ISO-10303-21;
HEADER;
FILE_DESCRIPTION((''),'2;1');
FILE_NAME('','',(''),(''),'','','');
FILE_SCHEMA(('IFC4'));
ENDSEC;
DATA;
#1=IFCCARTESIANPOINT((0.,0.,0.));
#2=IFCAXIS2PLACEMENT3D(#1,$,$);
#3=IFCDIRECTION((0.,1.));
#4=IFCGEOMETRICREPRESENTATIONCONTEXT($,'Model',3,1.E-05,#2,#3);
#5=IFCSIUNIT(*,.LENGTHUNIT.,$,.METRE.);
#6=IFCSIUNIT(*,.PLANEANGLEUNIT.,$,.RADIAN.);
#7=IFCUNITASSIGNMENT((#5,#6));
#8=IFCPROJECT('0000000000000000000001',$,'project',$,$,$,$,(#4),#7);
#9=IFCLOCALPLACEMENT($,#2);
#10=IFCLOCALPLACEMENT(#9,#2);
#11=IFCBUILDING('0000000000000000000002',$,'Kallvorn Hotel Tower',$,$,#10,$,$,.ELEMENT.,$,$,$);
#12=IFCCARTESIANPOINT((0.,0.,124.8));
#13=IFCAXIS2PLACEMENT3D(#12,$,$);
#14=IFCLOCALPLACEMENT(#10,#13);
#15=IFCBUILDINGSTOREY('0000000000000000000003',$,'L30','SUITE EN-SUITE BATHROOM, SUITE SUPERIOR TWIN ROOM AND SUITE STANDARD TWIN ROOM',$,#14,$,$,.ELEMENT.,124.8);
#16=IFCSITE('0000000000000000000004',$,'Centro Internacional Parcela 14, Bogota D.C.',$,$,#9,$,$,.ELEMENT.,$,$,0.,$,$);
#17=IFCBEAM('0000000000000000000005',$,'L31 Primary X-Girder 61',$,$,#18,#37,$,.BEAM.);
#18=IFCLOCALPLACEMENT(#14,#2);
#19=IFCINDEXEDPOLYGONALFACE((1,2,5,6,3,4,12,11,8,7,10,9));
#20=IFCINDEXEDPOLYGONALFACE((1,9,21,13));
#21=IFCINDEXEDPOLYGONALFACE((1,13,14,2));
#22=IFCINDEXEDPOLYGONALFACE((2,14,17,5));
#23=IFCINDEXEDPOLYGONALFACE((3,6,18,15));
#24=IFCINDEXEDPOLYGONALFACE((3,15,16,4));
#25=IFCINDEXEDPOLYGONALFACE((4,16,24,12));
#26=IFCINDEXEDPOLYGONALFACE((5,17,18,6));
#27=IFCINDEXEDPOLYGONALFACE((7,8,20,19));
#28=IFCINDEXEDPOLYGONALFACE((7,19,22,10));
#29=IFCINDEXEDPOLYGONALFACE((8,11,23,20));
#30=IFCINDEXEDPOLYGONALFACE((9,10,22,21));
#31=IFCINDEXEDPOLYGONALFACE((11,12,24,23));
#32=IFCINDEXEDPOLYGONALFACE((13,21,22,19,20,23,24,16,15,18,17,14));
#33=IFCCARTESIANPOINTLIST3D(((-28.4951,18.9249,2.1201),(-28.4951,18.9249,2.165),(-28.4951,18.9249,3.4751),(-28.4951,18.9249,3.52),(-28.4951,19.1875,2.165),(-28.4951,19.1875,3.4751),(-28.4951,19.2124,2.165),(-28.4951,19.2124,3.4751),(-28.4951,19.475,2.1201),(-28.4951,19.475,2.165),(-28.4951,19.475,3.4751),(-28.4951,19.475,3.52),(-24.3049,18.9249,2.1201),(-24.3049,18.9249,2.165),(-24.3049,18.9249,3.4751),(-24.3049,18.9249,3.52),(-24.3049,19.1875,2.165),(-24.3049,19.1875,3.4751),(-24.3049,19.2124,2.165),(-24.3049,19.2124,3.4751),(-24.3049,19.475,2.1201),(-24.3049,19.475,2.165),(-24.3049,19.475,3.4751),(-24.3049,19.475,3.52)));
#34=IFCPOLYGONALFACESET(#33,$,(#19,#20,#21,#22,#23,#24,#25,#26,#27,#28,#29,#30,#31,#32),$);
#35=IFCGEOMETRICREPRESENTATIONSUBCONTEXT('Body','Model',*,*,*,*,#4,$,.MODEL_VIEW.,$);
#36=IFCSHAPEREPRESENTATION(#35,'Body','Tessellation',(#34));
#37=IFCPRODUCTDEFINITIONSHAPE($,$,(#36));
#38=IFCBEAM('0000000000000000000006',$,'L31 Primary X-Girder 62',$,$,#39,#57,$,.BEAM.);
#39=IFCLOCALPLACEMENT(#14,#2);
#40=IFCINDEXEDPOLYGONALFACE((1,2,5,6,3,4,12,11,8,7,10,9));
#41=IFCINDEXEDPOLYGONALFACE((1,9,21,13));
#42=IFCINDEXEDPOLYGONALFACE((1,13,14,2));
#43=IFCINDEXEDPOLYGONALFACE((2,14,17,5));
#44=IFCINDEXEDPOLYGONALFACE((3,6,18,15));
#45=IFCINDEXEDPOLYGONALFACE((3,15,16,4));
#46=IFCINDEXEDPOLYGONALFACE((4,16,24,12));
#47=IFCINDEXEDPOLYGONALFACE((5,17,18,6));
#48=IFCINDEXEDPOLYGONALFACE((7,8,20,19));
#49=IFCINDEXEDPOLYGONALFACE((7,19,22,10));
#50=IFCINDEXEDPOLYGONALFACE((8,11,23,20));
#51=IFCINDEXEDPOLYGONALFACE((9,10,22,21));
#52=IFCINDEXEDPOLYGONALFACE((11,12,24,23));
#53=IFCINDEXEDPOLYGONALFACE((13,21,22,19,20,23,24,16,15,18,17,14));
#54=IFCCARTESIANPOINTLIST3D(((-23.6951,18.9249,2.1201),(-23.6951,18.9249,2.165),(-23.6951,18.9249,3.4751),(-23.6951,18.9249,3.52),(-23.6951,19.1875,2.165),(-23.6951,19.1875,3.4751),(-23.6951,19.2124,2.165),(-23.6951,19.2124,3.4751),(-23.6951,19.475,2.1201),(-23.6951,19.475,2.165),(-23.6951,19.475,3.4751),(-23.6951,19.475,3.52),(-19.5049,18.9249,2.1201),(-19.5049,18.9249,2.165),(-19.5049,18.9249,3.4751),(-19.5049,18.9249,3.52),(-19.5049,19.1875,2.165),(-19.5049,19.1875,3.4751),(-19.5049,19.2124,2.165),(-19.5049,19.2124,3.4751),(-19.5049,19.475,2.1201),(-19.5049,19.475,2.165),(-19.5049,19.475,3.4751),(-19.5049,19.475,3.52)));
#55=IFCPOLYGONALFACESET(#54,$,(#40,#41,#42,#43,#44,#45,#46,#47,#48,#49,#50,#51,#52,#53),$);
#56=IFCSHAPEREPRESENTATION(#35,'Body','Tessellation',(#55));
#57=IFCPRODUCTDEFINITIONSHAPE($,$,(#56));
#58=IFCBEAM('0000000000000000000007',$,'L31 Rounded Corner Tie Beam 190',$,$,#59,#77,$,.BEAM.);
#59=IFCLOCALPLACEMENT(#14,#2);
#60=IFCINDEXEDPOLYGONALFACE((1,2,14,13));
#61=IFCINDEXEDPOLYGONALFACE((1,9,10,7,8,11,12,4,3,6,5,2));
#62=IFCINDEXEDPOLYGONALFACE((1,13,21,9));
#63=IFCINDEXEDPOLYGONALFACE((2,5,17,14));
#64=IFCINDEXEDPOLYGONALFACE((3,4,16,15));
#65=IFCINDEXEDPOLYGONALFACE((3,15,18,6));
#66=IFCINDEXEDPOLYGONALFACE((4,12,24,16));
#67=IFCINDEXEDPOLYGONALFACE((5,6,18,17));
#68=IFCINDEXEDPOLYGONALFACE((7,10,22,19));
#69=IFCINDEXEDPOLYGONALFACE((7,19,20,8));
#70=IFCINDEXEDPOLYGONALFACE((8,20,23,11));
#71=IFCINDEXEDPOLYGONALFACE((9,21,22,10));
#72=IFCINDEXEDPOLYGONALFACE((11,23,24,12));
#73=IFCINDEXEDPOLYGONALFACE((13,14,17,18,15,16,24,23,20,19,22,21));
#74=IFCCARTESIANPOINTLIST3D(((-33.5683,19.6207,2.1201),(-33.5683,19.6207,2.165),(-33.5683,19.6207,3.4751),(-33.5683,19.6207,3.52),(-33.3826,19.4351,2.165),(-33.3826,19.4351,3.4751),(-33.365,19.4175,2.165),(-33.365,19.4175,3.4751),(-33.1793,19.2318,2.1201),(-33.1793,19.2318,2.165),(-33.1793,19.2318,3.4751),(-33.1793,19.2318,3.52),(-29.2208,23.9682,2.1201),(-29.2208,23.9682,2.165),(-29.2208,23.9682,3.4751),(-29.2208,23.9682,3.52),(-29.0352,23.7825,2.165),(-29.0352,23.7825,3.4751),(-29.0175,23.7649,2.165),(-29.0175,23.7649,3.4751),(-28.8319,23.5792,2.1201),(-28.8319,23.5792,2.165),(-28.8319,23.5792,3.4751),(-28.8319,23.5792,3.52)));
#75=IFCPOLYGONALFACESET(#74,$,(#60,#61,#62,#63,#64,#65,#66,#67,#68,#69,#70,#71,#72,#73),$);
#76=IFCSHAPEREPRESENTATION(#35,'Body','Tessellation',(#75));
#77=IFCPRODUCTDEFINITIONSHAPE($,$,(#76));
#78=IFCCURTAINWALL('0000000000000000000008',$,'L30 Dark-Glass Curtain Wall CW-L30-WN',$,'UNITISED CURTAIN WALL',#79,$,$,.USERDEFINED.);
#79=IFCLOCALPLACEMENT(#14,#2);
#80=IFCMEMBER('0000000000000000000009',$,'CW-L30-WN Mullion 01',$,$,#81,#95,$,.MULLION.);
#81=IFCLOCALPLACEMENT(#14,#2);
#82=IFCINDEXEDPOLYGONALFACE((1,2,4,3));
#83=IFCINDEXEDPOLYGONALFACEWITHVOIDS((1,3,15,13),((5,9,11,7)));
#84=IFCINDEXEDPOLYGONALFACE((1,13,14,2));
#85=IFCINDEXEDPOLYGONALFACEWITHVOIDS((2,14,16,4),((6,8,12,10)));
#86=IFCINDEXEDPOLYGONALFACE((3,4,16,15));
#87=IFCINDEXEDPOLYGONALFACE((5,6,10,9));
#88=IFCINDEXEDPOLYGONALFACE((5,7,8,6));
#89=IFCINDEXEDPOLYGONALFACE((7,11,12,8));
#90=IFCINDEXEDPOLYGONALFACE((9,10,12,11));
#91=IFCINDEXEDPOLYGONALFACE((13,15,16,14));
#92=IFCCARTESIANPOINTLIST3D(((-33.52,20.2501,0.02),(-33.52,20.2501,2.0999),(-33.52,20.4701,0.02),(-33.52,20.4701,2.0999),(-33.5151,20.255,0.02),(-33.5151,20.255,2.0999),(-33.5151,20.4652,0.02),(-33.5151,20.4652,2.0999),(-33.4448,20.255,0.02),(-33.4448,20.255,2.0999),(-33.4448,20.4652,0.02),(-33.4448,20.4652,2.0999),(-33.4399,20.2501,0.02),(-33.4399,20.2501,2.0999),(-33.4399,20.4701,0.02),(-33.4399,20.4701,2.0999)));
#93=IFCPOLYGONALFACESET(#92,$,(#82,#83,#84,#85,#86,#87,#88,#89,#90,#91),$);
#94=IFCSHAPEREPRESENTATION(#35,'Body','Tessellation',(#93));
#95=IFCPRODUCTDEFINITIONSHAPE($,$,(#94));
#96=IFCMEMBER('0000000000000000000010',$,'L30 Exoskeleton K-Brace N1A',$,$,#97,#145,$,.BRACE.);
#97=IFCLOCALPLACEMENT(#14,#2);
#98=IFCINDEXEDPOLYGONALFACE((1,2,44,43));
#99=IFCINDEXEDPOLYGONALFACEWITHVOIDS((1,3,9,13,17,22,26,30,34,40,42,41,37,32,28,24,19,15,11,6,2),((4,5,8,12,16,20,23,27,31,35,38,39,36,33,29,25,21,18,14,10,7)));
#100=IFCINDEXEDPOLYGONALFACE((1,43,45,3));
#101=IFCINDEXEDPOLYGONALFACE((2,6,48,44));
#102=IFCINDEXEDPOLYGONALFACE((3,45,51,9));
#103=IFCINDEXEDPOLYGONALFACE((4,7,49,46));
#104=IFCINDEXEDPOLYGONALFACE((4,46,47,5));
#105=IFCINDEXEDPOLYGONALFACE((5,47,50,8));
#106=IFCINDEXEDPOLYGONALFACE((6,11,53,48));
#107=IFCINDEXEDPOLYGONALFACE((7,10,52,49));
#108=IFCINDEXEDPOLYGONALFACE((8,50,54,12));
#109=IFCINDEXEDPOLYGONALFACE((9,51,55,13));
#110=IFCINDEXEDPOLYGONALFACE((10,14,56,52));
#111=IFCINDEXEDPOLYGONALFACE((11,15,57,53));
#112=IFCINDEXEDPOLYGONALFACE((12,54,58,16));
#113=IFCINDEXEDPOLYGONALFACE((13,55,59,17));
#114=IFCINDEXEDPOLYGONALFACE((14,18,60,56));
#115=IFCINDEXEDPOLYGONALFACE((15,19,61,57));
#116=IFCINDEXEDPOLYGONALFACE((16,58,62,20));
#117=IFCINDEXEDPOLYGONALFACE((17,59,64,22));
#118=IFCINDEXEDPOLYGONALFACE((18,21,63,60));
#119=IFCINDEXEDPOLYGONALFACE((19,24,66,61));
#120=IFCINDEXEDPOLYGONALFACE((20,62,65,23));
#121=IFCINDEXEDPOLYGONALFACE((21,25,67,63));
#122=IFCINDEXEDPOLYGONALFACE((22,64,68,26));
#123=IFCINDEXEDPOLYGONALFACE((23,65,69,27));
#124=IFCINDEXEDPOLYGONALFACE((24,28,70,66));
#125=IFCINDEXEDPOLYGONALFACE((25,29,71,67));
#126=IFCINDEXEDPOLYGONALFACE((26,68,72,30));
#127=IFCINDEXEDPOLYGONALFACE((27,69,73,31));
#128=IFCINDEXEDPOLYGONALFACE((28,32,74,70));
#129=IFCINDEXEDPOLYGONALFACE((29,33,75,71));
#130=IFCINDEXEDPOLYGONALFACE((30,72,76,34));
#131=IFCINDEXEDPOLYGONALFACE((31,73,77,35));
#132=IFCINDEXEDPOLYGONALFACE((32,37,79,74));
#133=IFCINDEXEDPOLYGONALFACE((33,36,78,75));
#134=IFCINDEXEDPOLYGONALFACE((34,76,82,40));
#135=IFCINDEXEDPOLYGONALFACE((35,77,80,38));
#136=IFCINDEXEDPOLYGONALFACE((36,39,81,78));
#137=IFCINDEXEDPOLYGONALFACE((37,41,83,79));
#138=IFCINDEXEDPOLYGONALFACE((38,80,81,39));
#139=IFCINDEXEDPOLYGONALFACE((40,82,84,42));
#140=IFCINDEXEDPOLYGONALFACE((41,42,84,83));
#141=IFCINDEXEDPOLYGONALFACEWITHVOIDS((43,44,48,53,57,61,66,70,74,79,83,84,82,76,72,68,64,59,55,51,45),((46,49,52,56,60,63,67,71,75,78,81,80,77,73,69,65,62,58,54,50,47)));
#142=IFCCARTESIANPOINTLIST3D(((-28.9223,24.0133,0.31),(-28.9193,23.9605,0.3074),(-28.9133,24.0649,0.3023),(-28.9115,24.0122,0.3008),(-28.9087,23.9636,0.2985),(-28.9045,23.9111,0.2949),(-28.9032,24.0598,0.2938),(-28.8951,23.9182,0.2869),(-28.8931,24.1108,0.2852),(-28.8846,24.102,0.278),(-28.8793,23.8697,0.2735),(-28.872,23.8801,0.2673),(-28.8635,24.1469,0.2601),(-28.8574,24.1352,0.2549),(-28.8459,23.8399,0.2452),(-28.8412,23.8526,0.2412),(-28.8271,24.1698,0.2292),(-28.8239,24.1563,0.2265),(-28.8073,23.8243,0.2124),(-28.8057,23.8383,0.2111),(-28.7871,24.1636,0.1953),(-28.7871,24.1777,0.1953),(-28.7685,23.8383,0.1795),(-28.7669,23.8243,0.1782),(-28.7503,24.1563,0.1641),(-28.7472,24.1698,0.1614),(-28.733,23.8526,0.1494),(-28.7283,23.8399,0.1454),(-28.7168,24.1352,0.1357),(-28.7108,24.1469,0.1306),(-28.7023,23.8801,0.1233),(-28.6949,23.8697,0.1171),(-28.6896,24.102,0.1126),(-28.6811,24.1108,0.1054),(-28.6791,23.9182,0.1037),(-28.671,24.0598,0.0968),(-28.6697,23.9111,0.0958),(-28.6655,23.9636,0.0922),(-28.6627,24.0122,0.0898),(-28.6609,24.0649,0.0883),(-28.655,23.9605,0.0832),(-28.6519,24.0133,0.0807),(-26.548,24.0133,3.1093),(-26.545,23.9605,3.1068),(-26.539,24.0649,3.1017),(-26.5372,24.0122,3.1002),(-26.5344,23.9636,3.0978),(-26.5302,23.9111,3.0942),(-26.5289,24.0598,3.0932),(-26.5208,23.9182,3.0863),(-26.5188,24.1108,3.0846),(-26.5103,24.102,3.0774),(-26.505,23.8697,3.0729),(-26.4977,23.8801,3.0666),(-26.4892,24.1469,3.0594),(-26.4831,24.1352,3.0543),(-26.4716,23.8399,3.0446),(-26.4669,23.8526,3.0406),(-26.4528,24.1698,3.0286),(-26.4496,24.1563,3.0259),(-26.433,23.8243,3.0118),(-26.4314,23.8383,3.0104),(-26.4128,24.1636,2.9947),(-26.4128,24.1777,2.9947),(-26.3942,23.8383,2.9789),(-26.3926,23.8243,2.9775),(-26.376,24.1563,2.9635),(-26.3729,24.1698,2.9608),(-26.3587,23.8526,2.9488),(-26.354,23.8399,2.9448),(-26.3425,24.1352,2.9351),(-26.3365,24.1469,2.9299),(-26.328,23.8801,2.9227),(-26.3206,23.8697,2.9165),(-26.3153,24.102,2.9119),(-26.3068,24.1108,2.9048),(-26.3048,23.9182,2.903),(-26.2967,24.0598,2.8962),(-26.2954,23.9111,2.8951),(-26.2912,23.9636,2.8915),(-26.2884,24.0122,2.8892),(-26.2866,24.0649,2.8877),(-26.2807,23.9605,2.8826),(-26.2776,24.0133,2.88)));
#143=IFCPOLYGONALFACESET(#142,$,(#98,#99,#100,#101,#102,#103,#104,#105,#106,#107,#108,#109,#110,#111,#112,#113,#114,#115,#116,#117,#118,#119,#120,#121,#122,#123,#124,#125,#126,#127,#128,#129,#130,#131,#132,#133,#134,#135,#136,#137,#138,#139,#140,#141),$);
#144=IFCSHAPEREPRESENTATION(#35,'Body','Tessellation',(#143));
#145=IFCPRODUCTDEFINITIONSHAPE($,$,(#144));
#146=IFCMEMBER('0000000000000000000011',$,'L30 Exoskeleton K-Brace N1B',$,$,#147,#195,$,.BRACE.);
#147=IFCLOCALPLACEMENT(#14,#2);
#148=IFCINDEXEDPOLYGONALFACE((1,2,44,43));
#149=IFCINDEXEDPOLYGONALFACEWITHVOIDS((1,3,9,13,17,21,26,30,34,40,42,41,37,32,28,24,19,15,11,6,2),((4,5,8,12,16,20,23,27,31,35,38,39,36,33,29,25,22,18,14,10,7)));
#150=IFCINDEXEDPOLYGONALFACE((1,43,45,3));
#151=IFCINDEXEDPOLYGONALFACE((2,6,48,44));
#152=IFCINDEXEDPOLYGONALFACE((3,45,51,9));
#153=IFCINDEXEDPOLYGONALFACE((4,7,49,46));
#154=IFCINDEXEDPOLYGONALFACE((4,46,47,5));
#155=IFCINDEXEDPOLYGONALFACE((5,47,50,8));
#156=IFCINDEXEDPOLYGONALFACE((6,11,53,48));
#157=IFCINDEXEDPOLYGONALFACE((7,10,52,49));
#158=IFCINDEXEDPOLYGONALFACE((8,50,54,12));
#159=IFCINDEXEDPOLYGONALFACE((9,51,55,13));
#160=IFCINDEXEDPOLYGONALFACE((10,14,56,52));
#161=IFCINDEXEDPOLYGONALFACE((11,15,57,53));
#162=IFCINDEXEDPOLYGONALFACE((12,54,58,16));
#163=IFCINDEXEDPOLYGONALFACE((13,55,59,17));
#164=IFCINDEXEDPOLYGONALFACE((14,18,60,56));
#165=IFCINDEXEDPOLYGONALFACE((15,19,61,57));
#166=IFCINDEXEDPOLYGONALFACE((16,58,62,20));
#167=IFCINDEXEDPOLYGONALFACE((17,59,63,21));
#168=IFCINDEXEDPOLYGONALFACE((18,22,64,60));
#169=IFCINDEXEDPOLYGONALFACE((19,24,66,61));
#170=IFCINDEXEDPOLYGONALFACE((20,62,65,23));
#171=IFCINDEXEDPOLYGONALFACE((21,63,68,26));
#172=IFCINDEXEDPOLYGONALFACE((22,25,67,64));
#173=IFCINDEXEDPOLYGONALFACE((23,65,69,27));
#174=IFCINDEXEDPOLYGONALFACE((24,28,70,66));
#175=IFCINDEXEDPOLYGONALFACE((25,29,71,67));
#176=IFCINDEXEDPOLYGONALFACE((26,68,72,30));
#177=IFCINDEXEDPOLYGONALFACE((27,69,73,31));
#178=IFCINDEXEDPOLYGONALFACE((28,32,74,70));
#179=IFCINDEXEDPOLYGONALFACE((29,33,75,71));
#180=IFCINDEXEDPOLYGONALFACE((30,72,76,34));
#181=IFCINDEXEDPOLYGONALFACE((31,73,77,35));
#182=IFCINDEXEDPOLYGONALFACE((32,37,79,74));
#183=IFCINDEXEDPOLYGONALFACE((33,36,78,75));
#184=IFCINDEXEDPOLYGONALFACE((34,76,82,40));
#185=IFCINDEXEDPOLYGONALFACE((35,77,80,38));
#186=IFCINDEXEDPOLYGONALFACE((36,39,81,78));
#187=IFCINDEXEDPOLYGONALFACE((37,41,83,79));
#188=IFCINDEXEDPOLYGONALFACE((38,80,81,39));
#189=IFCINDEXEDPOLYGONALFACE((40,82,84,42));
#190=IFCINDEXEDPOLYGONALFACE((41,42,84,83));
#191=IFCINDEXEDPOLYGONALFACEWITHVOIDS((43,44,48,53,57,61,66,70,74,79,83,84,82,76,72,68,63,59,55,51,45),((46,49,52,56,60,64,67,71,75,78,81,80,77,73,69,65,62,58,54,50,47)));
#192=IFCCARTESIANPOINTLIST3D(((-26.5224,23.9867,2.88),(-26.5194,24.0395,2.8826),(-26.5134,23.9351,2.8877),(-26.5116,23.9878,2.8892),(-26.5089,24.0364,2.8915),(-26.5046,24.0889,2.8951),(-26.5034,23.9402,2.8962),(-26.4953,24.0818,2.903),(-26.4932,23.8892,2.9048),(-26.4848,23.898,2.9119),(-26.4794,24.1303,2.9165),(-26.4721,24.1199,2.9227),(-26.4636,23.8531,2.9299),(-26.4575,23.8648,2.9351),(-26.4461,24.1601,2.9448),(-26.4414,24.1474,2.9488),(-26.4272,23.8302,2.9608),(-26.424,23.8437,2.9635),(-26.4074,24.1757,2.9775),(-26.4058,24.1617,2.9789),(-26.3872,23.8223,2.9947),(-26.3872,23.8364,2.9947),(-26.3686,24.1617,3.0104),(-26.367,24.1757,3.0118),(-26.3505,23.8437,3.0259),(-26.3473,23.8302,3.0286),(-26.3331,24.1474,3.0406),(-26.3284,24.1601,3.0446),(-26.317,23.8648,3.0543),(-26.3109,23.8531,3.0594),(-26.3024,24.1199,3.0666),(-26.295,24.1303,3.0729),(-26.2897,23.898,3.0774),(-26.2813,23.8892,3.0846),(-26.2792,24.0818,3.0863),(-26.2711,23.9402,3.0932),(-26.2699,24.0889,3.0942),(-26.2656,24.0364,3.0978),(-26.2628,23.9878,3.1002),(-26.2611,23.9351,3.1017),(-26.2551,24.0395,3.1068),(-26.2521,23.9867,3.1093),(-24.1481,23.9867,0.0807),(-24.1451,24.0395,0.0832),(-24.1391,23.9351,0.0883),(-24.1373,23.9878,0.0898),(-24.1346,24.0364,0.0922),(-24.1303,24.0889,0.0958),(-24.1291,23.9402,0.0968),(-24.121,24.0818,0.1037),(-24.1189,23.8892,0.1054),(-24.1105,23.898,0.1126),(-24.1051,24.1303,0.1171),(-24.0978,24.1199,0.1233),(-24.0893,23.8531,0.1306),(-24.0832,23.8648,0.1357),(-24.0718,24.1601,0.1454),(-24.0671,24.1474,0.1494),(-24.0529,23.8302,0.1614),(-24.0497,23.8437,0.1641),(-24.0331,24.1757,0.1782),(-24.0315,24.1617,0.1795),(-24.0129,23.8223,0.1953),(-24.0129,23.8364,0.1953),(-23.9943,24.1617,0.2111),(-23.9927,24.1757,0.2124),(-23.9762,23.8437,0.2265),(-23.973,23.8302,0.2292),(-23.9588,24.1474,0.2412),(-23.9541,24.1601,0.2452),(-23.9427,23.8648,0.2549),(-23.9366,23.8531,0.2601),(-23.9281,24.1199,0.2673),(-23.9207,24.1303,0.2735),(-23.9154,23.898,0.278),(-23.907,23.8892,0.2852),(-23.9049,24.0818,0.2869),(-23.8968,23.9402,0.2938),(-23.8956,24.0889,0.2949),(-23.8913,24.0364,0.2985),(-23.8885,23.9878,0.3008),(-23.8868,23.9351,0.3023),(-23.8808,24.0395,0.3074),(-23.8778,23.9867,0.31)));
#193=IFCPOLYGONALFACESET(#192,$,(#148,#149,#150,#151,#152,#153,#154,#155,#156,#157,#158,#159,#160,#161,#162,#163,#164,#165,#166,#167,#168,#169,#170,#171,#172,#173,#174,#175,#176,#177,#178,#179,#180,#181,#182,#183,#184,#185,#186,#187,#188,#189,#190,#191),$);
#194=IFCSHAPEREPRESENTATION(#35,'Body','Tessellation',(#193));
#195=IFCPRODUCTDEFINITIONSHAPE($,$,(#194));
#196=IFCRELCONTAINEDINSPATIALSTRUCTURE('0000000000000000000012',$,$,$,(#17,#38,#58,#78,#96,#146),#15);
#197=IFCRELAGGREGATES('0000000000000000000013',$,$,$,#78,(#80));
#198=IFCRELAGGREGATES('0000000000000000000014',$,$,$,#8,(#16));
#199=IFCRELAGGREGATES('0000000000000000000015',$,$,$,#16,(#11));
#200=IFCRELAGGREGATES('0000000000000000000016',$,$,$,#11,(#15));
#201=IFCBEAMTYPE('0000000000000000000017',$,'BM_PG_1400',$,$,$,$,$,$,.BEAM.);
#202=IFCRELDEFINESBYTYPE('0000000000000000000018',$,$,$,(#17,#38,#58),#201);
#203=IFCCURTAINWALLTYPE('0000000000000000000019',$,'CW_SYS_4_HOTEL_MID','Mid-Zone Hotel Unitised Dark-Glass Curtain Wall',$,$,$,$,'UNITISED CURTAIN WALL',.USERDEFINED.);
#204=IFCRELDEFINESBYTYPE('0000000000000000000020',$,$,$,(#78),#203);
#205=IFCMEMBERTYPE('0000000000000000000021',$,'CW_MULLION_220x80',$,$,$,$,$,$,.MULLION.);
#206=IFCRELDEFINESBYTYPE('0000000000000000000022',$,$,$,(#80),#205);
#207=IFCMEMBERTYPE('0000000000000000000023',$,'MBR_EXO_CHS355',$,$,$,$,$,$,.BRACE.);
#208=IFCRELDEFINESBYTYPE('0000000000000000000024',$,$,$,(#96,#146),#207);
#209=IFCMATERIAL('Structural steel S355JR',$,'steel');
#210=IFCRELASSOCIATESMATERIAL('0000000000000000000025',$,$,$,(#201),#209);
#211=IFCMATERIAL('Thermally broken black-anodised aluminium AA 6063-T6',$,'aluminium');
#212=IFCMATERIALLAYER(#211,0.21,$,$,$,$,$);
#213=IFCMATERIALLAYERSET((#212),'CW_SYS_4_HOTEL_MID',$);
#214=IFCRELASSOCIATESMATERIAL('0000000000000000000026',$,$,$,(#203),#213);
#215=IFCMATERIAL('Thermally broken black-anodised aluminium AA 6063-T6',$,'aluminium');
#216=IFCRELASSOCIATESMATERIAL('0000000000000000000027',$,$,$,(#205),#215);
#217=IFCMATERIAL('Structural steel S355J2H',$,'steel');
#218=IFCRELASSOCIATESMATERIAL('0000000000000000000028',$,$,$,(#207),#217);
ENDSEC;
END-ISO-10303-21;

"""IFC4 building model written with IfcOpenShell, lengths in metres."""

from ifc_helpers import new_model, si_unit, direction, frame, origin, origin_2d, place, context, subcontext, project, spatial, hollow_rectangle, hollow_circle, i_section, extrude, material, layer, layer_set, material_profile, profile_set, type_object, element, aggregate, save


model = new_model("IFC4")

# Units and contexts
model_context = context("Model", 3, precision=1e-05, world=origin(), true_north=direction((0.0, 1.0)))
body_context = subcontext(model_context, "Body", "Model", "MODEL_VIEW")
ifc_project = project(units=[si_unit("LENGTHUNIT", "METRE"), si_unit("PLANEANGLEUNIT", "RADIAN")], contexts=[model_context])

# Site, building, storey
site_placement = place(None, origin())
site = spatial("IfcSite", under=ifc_project, at=site_placement, Name="Centro Internacional Parcela 14, Bogota D.C.", CompositionType="ELEMENT", RefElevation=0.0)
building_placement = place(site_placement, origin())
building = spatial("IfcBuilding", under=site, at=building_placement, Name="Kallvorn Hotel Tower", CompositionType="ELEMENT")
storey_placement = place(building_placement, frame((0.0, 0.0, 124.8)))
storey = spatial("IfcBuildingStorey", under=building, at=storey_placement, Name="L30", Description="SUITE EN-SUITE BATHROOM, SUITE SUPERIOR TWIN ROOM AND SUITE STANDARD TWIN ROOM", CompositionType="ELEMENT", Elevation=124.8)

# Beams
ifc_material_1 = material(Name="Structural steel S355JR", Category="steel")
ifc_material_profile_1 = material_profile(ifc_material_1, i_section(OverallWidth=0.55, OverallDepth=1.3999, WebThickness=0.0249, FlangeThickness=0.0449, at=origin_2d()), Name="PG 1400x550x25x45")
ifc_profile_set_1 = profile_set([ifc_material_profile_1], Name="Structural steel S355JR")
beam_type_1 = type_object("IfcBeamType", Name="BM_PG_1400", PredefinedType="BEAM", material=ifc_profile_set_1)
for number, where, z_axis, x_axis, name in (
    (1, (-28.4951, 19.2, 2.8201), (1.0, 0.0, 0.0), (0.0, 1.0, 0.0), "L31 Primary X-Girder 61"),
    (2, (-23.6951, 19.2, 2.8201), (1.0, 0.0, 0.0), (0.0, 1.0, 0.0), "L31 Primary X-Girder 62"),
):
    element("IfcBeam", number, at=place(storey_placement, frame(where, z_axis=z_axis, x_axis=x_axis)), inside=storey, type_object=beam_type_1, Name=name, PredefinedType="BEAM", context=body_context, shape_type="SweptSolid", body=[
        extrude(i_section(OverallWidth=0.55, OverallDepth=1.3999, WebThickness=0.0249, FlangeThickness=0.0449, at=origin_2d()), origin(), (0.0, 0.0, 1.0), 4.1902),
    ])
beam_1_placement = place(storey_placement, frame((-33.3738, 19.4263, 2.8201), z_axis=(0.707107, 0.707107, 0.0), x_axis=(-0.707107, 0.707107, 0.0)))
element("IfcBeam", 3, at=beam_1_placement, inside=storey, type_object=beam_type_1, Name="L31 Rounded Corner Tie Beam 190", PredefinedType="BEAM", context=body_context, shape_type="SweptSolid", body=[
    extrude(i_section(OverallWidth=0.55, OverallDepth=1.3999, WebThickness=0.0249, FlangeThickness=0.0449, at=origin_2d()), origin(), (0.0, 0.0, 1.0), 6.1482),
])

# Curtain wall, member
ifc_material_2 = material(Name="Thermally broken black-anodised aluminium AA 6063-T6", Category="aluminium")
ifc_layer_1 = layer(ifc_material_2, 0.21)
ifc_layer_set_1 = layer_set([ifc_layer_1], Name="CW_SYS_4_HOTEL_MID")
curtain_wall_type = type_object("IfcCurtainWallType", Name="CW_SYS_4_HOTEL_MID", Description="Mid-Zone Hotel Unitised Dark-Glass Curtain Wall", ElementType="UNITISED CURTAIN WALL", PredefinedType="USERDEFINED", material=ifc_layer_set_1)
curtain_wall_placement = place(storey_placement, origin())
curtain_wall = element("IfcCurtainWall", 4, at=curtain_wall_placement, inside=storey, type_object=curtain_wall_type, Name="L30 Dark-Glass Curtain Wall CW-L30-WN", ObjectType="UNITISED CURTAIN WALL", PredefinedType="USERDEFINED")
ifc_material_3 = material(Name="Thermally broken black-anodised aluminium AA 6063-T6", Category="aluminium")
ifc_material_profile_2 = material_profile(ifc_material_3, hollow_rectangle(XDim=0.0801, YDim=0.22, WallThickness=0.0049, at=origin_2d()), Name="MUL 220x80")
ifc_profile_set_2 = profile_set([ifc_material_profile_2], Name="Thermally broken black-anodised aluminium AA 6063-T6")
member_type_1 = type_object("IfcMemberType", Name="CW_MULLION_220x80", PredefinedType="MULLION", material=ifc_profile_set_2)
member_placement = place(storey_placement, frame((-33.48, 20.3601, 0.02), z_axis=(0.0, 0.0, 1.0), x_axis=(1.0, 0.0, 0.0)))
member = element("IfcMember", 5, at=member_placement, type_object=member_type_1, Name="CW-L30-WN Mullion 01", PredefinedType="MULLION", context=body_context, shape_type="SweptSolid", body=[
    extrude(hollow_rectangle(XDim=0.0801, YDim=0.22, WallThickness=0.0049, at=origin_2d()), origin(), (0.0, 0.0, 1.0), 2.0798),
])
aggregate(curtain_wall, [member])

# Members
ifc_material_4 = material(Name="Structural steel S355J2H", Category="steel")
ifc_material_profile_3 = material_profile(ifc_material_4, hollow_circle(Radius=0.1777, WallThickness=0.0142, at=origin_2d()), Name="CHS 355.6x14.2")
ifc_profile_set_3 = profile_set([ifc_material_profile_3], Name="Structural steel S355J2H")
member_type_2 = type_object("IfcMemberType", Name="MBR_EXO_CHS355", PredefinedType="BRACE", material=ifc_profile_set_3)
for number, where, z_axis, x_axis, name in (
    (6, (-28.7871, 24.0, 0.1953), (0.646833, 0.0, 0.762631), (0.0, 1.0, 0.0), "L30 Exoskeleton K-Brace N1A"),
    (7, (-24.0129, 24.0, 0.1953), (-0.646833, 0.0, 0.762631), (0.0, -1.0, 0.0), "L30 Exoskeleton K-Brace N1B"),
):
    element("IfcMember", number, at=place(storey_placement, frame(where, z_axis=z_axis, x_axis=x_axis)), inside=storey, type_object=member_type_2, Name=name, PredefinedType="BRACE", context=body_context, shape_type="SweptSolid", body=[
        extrude(hollow_circle(Radius=0.1777, WallThickness=0.0142, at=origin_2d()), origin(), (0.0, 0.0, 1.0), 3.6707),
    ])

save(model, "model.ifc")
